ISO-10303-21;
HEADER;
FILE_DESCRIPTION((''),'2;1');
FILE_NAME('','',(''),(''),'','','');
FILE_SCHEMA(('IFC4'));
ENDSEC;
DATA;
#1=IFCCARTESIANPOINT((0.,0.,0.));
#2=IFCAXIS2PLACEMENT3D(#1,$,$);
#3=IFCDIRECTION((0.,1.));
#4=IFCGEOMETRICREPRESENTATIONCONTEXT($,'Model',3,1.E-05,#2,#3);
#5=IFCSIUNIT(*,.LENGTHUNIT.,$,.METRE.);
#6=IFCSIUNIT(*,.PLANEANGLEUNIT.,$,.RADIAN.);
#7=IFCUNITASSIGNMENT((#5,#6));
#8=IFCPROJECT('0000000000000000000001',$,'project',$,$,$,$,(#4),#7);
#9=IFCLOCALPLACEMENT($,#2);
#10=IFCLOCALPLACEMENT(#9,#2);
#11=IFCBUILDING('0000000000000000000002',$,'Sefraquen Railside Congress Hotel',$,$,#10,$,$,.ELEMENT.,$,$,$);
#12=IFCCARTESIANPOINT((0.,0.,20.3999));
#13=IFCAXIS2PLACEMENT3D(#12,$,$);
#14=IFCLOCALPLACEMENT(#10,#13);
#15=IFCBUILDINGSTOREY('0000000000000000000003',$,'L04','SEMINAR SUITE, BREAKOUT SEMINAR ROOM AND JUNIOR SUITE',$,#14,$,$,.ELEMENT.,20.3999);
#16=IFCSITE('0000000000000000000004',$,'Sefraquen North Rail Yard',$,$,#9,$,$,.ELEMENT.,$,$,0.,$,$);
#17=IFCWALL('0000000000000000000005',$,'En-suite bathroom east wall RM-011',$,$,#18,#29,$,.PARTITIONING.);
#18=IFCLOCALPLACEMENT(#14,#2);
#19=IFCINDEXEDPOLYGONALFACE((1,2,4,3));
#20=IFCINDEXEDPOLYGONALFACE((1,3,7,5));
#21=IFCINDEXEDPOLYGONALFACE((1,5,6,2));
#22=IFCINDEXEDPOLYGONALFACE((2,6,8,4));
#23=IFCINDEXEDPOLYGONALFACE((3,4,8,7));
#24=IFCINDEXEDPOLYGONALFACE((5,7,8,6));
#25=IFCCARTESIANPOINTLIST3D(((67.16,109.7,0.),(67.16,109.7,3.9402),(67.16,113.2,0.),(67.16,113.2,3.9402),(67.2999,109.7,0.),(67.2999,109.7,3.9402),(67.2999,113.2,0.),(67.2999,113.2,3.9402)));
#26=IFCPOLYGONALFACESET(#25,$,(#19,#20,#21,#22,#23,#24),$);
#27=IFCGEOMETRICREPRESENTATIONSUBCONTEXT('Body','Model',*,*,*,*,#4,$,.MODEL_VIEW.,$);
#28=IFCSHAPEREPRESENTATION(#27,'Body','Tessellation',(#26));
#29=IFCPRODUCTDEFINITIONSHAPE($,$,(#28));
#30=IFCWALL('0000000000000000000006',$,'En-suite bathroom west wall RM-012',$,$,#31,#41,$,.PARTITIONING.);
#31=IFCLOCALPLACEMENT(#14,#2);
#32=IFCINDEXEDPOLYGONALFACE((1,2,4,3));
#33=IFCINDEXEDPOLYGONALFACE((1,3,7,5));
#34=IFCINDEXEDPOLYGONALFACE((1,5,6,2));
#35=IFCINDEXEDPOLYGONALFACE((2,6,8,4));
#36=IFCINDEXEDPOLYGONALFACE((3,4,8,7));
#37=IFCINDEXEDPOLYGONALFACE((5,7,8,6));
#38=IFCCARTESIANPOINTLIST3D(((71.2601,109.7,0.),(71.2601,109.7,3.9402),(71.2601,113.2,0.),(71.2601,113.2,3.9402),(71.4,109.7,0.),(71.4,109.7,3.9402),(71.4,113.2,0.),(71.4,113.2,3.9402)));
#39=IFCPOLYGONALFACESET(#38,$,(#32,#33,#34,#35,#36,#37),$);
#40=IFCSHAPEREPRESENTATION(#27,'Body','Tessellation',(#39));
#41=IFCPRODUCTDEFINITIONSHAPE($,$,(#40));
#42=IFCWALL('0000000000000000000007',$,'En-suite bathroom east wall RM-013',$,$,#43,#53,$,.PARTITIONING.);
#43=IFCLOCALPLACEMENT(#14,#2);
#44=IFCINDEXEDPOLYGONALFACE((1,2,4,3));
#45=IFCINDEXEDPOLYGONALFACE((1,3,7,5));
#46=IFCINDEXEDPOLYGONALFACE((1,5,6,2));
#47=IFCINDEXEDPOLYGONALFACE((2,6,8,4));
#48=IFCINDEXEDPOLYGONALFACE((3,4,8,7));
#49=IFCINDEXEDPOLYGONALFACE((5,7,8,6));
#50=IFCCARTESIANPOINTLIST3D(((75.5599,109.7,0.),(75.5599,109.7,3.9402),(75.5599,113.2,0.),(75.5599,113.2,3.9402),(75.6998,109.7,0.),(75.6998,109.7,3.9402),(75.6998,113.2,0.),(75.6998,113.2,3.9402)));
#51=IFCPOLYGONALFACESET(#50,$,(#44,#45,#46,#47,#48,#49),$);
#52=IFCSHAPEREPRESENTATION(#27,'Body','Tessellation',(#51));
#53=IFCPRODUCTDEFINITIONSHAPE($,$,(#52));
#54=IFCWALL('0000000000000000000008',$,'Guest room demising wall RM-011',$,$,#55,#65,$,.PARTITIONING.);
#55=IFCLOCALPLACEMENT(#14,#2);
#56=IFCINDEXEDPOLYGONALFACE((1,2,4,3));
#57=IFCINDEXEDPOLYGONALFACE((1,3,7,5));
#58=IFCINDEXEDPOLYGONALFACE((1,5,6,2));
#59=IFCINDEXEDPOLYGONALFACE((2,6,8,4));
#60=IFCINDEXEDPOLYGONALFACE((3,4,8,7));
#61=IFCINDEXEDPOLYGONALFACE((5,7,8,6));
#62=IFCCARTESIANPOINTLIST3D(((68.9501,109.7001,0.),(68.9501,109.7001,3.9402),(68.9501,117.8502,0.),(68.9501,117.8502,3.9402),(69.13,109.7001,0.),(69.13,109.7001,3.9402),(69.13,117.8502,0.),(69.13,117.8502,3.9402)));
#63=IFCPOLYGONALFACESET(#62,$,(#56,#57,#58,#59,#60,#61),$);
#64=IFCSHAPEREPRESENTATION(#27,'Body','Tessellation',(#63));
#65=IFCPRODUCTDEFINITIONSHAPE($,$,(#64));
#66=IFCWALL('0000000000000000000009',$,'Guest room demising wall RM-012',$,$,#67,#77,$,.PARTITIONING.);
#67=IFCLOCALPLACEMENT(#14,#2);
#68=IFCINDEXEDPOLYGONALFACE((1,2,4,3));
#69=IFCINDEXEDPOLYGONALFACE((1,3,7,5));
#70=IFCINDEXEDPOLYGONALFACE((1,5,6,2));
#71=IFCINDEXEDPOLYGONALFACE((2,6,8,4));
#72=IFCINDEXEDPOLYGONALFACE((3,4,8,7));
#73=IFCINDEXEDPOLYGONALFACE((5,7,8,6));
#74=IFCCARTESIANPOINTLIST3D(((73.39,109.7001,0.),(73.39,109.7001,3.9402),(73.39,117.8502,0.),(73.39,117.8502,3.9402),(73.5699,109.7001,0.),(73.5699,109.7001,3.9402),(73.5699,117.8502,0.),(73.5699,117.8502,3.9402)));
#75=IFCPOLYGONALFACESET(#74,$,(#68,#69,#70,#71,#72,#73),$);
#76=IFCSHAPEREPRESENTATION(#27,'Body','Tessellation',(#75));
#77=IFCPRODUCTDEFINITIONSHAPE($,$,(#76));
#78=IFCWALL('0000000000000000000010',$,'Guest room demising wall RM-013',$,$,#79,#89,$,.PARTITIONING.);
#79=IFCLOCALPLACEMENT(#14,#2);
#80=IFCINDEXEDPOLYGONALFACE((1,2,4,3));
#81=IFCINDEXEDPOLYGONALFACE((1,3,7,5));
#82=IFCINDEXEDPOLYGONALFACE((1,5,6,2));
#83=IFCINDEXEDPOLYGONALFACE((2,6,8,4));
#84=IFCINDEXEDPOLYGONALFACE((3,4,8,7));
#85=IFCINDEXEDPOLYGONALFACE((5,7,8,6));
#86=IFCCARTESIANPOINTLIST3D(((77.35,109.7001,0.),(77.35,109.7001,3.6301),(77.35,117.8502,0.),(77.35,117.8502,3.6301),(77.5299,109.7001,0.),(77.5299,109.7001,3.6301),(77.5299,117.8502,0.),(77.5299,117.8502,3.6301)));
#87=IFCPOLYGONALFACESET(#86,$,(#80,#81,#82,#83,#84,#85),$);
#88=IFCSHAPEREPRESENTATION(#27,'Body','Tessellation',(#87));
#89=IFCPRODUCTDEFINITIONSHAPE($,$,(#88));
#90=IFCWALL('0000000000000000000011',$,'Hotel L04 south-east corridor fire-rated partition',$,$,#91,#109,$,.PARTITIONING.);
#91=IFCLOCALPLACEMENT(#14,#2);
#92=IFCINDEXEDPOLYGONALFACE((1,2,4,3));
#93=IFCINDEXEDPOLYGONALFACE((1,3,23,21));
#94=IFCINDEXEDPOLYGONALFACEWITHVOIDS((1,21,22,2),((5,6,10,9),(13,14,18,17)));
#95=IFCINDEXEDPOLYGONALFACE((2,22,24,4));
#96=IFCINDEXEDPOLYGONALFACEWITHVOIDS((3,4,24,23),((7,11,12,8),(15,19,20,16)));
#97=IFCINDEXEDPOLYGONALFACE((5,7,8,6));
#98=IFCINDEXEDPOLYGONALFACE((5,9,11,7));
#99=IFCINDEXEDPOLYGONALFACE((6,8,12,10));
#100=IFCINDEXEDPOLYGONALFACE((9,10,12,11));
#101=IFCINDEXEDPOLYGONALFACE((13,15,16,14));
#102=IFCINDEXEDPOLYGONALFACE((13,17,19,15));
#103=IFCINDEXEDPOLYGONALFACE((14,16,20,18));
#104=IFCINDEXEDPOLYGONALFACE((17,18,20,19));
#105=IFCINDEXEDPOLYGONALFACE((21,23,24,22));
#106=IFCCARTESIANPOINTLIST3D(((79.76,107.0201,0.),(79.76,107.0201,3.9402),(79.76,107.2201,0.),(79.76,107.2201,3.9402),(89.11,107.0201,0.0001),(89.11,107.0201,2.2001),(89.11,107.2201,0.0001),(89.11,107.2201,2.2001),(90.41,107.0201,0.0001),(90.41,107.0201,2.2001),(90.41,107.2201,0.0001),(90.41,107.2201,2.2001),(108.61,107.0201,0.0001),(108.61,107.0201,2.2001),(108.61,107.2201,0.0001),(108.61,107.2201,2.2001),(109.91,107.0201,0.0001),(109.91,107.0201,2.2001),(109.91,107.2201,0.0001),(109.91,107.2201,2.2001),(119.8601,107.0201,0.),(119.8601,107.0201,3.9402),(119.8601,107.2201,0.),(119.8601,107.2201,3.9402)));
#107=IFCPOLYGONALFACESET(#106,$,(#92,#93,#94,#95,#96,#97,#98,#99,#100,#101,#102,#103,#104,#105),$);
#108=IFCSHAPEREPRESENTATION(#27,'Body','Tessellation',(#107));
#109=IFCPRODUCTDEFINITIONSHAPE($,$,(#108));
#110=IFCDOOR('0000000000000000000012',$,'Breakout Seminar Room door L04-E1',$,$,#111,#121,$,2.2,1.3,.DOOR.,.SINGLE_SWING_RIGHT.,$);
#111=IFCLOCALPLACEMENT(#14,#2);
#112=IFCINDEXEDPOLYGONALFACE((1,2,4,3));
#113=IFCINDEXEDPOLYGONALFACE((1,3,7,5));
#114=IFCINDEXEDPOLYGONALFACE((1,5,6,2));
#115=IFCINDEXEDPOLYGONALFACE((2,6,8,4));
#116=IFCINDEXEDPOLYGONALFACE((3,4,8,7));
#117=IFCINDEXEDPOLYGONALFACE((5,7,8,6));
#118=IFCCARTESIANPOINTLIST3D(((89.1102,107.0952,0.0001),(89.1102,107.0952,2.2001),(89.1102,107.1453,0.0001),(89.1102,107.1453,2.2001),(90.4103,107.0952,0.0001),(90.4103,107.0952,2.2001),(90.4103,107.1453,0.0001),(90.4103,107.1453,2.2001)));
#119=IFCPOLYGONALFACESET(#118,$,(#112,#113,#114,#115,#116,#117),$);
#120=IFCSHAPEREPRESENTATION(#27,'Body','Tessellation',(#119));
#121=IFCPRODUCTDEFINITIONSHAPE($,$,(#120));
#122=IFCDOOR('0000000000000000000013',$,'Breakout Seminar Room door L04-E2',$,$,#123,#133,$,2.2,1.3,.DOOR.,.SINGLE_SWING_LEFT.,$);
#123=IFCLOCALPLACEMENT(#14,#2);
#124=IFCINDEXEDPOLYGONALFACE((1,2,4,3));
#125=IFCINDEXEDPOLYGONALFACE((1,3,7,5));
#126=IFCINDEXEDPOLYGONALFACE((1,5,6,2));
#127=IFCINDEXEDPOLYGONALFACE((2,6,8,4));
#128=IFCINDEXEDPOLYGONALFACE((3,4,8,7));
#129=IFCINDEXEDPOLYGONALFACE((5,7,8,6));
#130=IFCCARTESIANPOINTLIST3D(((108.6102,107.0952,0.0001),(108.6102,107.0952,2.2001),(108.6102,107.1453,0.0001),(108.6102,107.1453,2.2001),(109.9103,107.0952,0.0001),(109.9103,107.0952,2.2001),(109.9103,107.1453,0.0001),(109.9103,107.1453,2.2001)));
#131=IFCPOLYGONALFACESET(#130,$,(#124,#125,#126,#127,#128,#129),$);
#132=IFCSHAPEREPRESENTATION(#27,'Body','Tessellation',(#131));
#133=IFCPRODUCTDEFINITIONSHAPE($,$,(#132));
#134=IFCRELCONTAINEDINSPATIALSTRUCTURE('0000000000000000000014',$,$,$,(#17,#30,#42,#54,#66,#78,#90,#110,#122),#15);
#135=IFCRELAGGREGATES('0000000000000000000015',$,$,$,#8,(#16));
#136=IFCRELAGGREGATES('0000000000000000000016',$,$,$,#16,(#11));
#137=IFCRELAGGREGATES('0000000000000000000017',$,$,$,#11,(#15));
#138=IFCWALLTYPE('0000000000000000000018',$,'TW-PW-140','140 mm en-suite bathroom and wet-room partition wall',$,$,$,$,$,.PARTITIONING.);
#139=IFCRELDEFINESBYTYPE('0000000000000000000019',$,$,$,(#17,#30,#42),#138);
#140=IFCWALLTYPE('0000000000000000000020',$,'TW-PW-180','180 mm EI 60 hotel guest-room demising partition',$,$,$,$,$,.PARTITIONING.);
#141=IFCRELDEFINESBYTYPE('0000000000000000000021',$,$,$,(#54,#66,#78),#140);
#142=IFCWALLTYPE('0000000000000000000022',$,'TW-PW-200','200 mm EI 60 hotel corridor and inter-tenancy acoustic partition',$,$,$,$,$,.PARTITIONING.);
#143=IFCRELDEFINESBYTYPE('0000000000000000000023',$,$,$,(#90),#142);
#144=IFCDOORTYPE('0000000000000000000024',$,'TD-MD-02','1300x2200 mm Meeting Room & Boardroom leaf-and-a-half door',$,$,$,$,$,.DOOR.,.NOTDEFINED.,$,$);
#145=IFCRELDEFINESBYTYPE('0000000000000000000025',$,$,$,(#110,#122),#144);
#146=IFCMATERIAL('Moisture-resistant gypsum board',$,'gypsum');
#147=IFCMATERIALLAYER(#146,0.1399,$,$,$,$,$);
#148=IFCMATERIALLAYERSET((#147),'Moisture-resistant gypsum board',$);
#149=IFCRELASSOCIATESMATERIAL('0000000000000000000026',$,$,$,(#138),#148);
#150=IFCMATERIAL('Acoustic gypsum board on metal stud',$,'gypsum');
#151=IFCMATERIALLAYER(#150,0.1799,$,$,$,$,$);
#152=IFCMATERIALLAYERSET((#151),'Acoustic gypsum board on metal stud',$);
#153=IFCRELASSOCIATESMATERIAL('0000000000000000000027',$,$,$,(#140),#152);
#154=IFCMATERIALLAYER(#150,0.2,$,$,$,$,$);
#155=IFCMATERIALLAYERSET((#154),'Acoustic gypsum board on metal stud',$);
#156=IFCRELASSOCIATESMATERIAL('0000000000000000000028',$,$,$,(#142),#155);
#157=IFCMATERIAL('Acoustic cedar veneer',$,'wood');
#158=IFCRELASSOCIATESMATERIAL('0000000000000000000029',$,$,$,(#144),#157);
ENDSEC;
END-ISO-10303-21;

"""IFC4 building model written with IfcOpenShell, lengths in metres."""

from ifc_helpers import new_model, si_unit, direction, frame, frame_2d, origin, place, context, subcontext, project, spatial, rectangle, extrude, material, layer, layer_set, type_object, element, fill, save


model = new_model("IFC4")

# Units and contexts
model_context = context("Model", 3, precision=1e-05, world=origin(), true_north=direction((0.0, 1.0)))
body_context = subcontext(model_context, "Body", "Model", "MODEL_VIEW")
ifc_project = project(units=[si_unit("LENGTHUNIT", "METRE"), si_unit("PLANEANGLEUNIT", "RADIAN")], contexts=[model_context])

# Site, building, storey
site_placement = place(None, origin())
site = spatial("IfcSite", under=ifc_project, at=site_placement, Name="Sefraquen North Rail Yard", CompositionType="ELEMENT", RefElevation=0.0)
building_placement = place(site_placement, origin())
building = spatial("IfcBuilding", under=site, at=building_placement, Name="Sefraquen Railside Congress Hotel", CompositionType="ELEMENT")
storey_placement = place(building_placement, frame((0.0, 0.0, 20.3999)))
storey = spatial("IfcBuildingStorey", under=building, at=storey_placement, Name="L04", Description="SEMINAR SUITE, BREAKOUT SEMINAR ROOM AND JUNIOR SUITE", CompositionType="ELEMENT", Elevation=20.3999)

# Walls
ifc_material_1 = material(Name="Moisture-resistant gypsum board", Category="gypsum")
ifc_layer_1 = layer(ifc_material_1, 0.1399)
ifc_layer_set_1 = layer_set([ifc_layer_1], Name="Moisture-resistant gypsum board")
wall_type_1 = type_object("IfcWallType", Name="TW-PW-140", Description="140 mm en-suite bathroom and wet-room partition wall", PredefinedType="PARTITIONING", material=ifc_layer_set_1)
for number, where, z_axis, x_axis, name in (
    (1, (67.23, 109.7, 0.0), (0.0, 0.0, 1.0), (0.0, 1.0, 0.0), "En-suite bathroom east wall RM-011"),
    (2, (71.3301, 109.7, 0.0), (0.0, 0.0, 1.0), (0.0, 1.0, 0.0), "En-suite bathroom west wall RM-012"),
    (3, (75.6299, 109.7, 0.0), (0.0, 0.0, 1.0), (0.0, 1.0, 0.0), "En-suite bathroom east wall RM-013"),
):
    element("IfcWall", number, at=place(storey_placement, frame(where, z_axis=z_axis, x_axis=x_axis)), inside=storey, type_object=wall_type_1, Name=name, PredefinedType="PARTITIONING", context=body_context, shape_type="SweptSolid", body=[
        extrude(rectangle(XDim=3.5, YDim=0.1399, at=frame_2d((1.75, 0.0))), origin(), (0.0, 0.0, 1.0), 3.9402),
    ])
ifc_material_2 = material(Name="Acoustic gypsum board on metal stud", Category="gypsum")
ifc_layer_2 = layer(ifc_material_2, 0.1799)
ifc_layer_set_2 = layer_set([ifc_layer_2], Name="Acoustic gypsum board on metal stud")
wall_type_2 = type_object("IfcWallType", Name="TW-PW-180", Description="180 mm EI 60 hotel guest-room demising partition", PredefinedType="PARTITIONING", material=ifc_layer_set_2)
for number, where, z_axis, x_axis, name in (
    (4, (69.04, 109.7, 0.0), (0.0, 0.0, 1.0), (0.0, 1.0, 0.0), "Guest room demising wall RM-011"),
    (5, (73.48, 109.7, 0.0), (0.0, 0.0, 1.0), (0.0, 1.0, 0.0), "Guest room demising wall RM-012"),
):
    element("IfcWall", number, at=place(storey_placement, frame(where, z_axis=z_axis, x_axis=x_axis)), inside=storey, type_object=wall_type_2, Name=name, PredefinedType="PARTITIONING", context=body_context, shape_type="SweptSolid", body=[
        extrude(rectangle(XDim=8.1501, YDim=0.1799, at=frame_2d((4.0752, 0.0))), origin(), (0.0, 0.0, 1.0), 3.9402),
    ])
wall_1_placement = place(storey_placement, frame((77.4399, 109.7, 0.0), z_axis=(0.0, 0.0, 1.0), x_axis=(0.0, 1.0, 0.0)))
element("IfcWall", 6, at=wall_1_placement, inside=storey, type_object=wall_type_2, Name="Guest room demising wall RM-013", PredefinedType="PARTITIONING", context=body_context, shape_type="SweptSolid", body=[
    extrude(rectangle(XDim=8.1501, YDim=0.1799, at=frame_2d((4.0752, 0.0))), origin(), (0.0, 0.0, 1.0), 3.6301),
])

# Wall, openings, doors
ifc_layer_3 = layer(ifc_material_2, 0.2)
ifc_layer_set_3 = layer_set([ifc_layer_3], Name="Acoustic gypsum board on metal stud")
wall_type_3 = type_object("IfcWallType", Name="TW-PW-200", Description="200 mm EI 60 hotel corridor and inter-tenancy acoustic partition", PredefinedType="PARTITIONING", material=ifc_layer_set_3)
wall_2_placement = place(storey_placement, frame((79.76, 107.1201, 0.0), z_axis=(0.0, 0.0, 1.0), x_axis=(1.0, 0.0, 0.0)))
wall_2 = element("IfcWall", 7, at=wall_2_placement, inside=storey, type_object=wall_type_3, Name="Hotel L04 south-east corridor fire-rated partition", PredefinedType="PARTITIONING", context=body_context, shape_type="SweptSolid", body=[
    extrude(rectangle(XDim=40.1001, YDim=0.2, at=frame_2d((20.05, 0.0))), origin(), (0.0, 0.0, 1.0), 3.9402),
])
opening_1_placement = place(wall_2_placement, frame((9.3501, 0.0, 0.0)))
opening_1 = element("IfcOpeningElement", 8, at=opening_1_placement, cuts=wall_2, PredefinedType="OPENING", context=body_context, shape_type="SweptSolid", body=[
    extrude(rectangle(XDim=1.3, YDim=2.2, at=frame_2d((0.6499, 1.1001))), frame((0.0, 0.1099, 0.0), z_axis=(0.0, -1.0, 0.0), x_axis=(1.0, 0.0, 0.0)), (0.0, 0.0, 1.0), 0.22),
])
opening_2_placement = place(wall_2_placement, frame((28.8501, 0.0, 0.0)))
opening_2 = element("IfcOpeningElement", 9, at=opening_2_placement, cuts=wall_2, PredefinedType="OPENING", context=body_context, shape_type="SweptSolid", body=[
    extrude(rectangle(XDim=1.3, YDim=2.2, at=frame_2d((0.6499, 1.1001))), frame((0.0, 0.1099, 0.0), z_axis=(0.0, -1.0, 0.0), x_axis=(1.0, 0.0, 0.0)), (0.0, 0.0, 1.0), 0.22),
])
ifc_material_3 = material(Name="Acoustic cedar veneer", Category="wood")
door_type_1 = type_object("IfcDoorType", Name="TD-MD-02", Description="1300x2200 mm Meeting Room & Boardroom leaf-and-a-half door", OperationType="NOTDEFINED", PredefinedType="DOOR", material=ifc_material_3)
door_1_placement = place(opening_1_placement, frame((1.3, 0.0, 0.0), z_axis=(0.0, 0.0, 1.0), x_axis=(-1.0, 0.0, 0.0)))
door_1 = element("IfcDoor", 10, at=door_1_placement, inside=storey, type_object=door_type_1, Name="Breakout Seminar Room door L04-E1", OperationType="SINGLE_SWING_RIGHT", OverallHeight=2.2, OverallWidth=1.3, PredefinedType="DOOR", context=body_context, shape_type="SweptSolid", body=[
    extrude(rectangle(XDim=1.3, YDim=2.2, at=frame_2d((0.6499, 1.1001))), frame((0.0, 0.0249, 0.0), z_axis=(0.0, -1.0, 0.0), x_axis=(1.0, 0.0, 0.0)), (0.0, 0.0, 1.0), 0.05),
])
fill(opening_1, door_1)
door_2_placement = place(opening_2_placement, frame((1.3, 0.0, 0.0), z_axis=(0.0, 0.0, 1.0), x_axis=(-1.0, 0.0, 0.0)))
door_2 = element("IfcDoor", 11, at=door_2_placement, inside=storey, type_object=door_type_1, Name="Breakout Seminar Room door L04-E2", OperationType="SINGLE_SWING_LEFT", OverallHeight=2.2, OverallWidth=1.3, PredefinedType="DOOR", context=body_context, shape_type="SweptSolid", body=[
    extrude(rectangle(XDim=1.3, YDim=2.2, at=frame_2d((0.6499, 1.1001))), frame((0.0, 0.0249, 0.0), z_axis=(0.0, -1.0, 0.0), x_axis=(1.0, 0.0, 0.0)), (0.0, 0.0, 1.0), 0.05),
])
fill(opening_2, door_2)

save(model, "model.ifc")
